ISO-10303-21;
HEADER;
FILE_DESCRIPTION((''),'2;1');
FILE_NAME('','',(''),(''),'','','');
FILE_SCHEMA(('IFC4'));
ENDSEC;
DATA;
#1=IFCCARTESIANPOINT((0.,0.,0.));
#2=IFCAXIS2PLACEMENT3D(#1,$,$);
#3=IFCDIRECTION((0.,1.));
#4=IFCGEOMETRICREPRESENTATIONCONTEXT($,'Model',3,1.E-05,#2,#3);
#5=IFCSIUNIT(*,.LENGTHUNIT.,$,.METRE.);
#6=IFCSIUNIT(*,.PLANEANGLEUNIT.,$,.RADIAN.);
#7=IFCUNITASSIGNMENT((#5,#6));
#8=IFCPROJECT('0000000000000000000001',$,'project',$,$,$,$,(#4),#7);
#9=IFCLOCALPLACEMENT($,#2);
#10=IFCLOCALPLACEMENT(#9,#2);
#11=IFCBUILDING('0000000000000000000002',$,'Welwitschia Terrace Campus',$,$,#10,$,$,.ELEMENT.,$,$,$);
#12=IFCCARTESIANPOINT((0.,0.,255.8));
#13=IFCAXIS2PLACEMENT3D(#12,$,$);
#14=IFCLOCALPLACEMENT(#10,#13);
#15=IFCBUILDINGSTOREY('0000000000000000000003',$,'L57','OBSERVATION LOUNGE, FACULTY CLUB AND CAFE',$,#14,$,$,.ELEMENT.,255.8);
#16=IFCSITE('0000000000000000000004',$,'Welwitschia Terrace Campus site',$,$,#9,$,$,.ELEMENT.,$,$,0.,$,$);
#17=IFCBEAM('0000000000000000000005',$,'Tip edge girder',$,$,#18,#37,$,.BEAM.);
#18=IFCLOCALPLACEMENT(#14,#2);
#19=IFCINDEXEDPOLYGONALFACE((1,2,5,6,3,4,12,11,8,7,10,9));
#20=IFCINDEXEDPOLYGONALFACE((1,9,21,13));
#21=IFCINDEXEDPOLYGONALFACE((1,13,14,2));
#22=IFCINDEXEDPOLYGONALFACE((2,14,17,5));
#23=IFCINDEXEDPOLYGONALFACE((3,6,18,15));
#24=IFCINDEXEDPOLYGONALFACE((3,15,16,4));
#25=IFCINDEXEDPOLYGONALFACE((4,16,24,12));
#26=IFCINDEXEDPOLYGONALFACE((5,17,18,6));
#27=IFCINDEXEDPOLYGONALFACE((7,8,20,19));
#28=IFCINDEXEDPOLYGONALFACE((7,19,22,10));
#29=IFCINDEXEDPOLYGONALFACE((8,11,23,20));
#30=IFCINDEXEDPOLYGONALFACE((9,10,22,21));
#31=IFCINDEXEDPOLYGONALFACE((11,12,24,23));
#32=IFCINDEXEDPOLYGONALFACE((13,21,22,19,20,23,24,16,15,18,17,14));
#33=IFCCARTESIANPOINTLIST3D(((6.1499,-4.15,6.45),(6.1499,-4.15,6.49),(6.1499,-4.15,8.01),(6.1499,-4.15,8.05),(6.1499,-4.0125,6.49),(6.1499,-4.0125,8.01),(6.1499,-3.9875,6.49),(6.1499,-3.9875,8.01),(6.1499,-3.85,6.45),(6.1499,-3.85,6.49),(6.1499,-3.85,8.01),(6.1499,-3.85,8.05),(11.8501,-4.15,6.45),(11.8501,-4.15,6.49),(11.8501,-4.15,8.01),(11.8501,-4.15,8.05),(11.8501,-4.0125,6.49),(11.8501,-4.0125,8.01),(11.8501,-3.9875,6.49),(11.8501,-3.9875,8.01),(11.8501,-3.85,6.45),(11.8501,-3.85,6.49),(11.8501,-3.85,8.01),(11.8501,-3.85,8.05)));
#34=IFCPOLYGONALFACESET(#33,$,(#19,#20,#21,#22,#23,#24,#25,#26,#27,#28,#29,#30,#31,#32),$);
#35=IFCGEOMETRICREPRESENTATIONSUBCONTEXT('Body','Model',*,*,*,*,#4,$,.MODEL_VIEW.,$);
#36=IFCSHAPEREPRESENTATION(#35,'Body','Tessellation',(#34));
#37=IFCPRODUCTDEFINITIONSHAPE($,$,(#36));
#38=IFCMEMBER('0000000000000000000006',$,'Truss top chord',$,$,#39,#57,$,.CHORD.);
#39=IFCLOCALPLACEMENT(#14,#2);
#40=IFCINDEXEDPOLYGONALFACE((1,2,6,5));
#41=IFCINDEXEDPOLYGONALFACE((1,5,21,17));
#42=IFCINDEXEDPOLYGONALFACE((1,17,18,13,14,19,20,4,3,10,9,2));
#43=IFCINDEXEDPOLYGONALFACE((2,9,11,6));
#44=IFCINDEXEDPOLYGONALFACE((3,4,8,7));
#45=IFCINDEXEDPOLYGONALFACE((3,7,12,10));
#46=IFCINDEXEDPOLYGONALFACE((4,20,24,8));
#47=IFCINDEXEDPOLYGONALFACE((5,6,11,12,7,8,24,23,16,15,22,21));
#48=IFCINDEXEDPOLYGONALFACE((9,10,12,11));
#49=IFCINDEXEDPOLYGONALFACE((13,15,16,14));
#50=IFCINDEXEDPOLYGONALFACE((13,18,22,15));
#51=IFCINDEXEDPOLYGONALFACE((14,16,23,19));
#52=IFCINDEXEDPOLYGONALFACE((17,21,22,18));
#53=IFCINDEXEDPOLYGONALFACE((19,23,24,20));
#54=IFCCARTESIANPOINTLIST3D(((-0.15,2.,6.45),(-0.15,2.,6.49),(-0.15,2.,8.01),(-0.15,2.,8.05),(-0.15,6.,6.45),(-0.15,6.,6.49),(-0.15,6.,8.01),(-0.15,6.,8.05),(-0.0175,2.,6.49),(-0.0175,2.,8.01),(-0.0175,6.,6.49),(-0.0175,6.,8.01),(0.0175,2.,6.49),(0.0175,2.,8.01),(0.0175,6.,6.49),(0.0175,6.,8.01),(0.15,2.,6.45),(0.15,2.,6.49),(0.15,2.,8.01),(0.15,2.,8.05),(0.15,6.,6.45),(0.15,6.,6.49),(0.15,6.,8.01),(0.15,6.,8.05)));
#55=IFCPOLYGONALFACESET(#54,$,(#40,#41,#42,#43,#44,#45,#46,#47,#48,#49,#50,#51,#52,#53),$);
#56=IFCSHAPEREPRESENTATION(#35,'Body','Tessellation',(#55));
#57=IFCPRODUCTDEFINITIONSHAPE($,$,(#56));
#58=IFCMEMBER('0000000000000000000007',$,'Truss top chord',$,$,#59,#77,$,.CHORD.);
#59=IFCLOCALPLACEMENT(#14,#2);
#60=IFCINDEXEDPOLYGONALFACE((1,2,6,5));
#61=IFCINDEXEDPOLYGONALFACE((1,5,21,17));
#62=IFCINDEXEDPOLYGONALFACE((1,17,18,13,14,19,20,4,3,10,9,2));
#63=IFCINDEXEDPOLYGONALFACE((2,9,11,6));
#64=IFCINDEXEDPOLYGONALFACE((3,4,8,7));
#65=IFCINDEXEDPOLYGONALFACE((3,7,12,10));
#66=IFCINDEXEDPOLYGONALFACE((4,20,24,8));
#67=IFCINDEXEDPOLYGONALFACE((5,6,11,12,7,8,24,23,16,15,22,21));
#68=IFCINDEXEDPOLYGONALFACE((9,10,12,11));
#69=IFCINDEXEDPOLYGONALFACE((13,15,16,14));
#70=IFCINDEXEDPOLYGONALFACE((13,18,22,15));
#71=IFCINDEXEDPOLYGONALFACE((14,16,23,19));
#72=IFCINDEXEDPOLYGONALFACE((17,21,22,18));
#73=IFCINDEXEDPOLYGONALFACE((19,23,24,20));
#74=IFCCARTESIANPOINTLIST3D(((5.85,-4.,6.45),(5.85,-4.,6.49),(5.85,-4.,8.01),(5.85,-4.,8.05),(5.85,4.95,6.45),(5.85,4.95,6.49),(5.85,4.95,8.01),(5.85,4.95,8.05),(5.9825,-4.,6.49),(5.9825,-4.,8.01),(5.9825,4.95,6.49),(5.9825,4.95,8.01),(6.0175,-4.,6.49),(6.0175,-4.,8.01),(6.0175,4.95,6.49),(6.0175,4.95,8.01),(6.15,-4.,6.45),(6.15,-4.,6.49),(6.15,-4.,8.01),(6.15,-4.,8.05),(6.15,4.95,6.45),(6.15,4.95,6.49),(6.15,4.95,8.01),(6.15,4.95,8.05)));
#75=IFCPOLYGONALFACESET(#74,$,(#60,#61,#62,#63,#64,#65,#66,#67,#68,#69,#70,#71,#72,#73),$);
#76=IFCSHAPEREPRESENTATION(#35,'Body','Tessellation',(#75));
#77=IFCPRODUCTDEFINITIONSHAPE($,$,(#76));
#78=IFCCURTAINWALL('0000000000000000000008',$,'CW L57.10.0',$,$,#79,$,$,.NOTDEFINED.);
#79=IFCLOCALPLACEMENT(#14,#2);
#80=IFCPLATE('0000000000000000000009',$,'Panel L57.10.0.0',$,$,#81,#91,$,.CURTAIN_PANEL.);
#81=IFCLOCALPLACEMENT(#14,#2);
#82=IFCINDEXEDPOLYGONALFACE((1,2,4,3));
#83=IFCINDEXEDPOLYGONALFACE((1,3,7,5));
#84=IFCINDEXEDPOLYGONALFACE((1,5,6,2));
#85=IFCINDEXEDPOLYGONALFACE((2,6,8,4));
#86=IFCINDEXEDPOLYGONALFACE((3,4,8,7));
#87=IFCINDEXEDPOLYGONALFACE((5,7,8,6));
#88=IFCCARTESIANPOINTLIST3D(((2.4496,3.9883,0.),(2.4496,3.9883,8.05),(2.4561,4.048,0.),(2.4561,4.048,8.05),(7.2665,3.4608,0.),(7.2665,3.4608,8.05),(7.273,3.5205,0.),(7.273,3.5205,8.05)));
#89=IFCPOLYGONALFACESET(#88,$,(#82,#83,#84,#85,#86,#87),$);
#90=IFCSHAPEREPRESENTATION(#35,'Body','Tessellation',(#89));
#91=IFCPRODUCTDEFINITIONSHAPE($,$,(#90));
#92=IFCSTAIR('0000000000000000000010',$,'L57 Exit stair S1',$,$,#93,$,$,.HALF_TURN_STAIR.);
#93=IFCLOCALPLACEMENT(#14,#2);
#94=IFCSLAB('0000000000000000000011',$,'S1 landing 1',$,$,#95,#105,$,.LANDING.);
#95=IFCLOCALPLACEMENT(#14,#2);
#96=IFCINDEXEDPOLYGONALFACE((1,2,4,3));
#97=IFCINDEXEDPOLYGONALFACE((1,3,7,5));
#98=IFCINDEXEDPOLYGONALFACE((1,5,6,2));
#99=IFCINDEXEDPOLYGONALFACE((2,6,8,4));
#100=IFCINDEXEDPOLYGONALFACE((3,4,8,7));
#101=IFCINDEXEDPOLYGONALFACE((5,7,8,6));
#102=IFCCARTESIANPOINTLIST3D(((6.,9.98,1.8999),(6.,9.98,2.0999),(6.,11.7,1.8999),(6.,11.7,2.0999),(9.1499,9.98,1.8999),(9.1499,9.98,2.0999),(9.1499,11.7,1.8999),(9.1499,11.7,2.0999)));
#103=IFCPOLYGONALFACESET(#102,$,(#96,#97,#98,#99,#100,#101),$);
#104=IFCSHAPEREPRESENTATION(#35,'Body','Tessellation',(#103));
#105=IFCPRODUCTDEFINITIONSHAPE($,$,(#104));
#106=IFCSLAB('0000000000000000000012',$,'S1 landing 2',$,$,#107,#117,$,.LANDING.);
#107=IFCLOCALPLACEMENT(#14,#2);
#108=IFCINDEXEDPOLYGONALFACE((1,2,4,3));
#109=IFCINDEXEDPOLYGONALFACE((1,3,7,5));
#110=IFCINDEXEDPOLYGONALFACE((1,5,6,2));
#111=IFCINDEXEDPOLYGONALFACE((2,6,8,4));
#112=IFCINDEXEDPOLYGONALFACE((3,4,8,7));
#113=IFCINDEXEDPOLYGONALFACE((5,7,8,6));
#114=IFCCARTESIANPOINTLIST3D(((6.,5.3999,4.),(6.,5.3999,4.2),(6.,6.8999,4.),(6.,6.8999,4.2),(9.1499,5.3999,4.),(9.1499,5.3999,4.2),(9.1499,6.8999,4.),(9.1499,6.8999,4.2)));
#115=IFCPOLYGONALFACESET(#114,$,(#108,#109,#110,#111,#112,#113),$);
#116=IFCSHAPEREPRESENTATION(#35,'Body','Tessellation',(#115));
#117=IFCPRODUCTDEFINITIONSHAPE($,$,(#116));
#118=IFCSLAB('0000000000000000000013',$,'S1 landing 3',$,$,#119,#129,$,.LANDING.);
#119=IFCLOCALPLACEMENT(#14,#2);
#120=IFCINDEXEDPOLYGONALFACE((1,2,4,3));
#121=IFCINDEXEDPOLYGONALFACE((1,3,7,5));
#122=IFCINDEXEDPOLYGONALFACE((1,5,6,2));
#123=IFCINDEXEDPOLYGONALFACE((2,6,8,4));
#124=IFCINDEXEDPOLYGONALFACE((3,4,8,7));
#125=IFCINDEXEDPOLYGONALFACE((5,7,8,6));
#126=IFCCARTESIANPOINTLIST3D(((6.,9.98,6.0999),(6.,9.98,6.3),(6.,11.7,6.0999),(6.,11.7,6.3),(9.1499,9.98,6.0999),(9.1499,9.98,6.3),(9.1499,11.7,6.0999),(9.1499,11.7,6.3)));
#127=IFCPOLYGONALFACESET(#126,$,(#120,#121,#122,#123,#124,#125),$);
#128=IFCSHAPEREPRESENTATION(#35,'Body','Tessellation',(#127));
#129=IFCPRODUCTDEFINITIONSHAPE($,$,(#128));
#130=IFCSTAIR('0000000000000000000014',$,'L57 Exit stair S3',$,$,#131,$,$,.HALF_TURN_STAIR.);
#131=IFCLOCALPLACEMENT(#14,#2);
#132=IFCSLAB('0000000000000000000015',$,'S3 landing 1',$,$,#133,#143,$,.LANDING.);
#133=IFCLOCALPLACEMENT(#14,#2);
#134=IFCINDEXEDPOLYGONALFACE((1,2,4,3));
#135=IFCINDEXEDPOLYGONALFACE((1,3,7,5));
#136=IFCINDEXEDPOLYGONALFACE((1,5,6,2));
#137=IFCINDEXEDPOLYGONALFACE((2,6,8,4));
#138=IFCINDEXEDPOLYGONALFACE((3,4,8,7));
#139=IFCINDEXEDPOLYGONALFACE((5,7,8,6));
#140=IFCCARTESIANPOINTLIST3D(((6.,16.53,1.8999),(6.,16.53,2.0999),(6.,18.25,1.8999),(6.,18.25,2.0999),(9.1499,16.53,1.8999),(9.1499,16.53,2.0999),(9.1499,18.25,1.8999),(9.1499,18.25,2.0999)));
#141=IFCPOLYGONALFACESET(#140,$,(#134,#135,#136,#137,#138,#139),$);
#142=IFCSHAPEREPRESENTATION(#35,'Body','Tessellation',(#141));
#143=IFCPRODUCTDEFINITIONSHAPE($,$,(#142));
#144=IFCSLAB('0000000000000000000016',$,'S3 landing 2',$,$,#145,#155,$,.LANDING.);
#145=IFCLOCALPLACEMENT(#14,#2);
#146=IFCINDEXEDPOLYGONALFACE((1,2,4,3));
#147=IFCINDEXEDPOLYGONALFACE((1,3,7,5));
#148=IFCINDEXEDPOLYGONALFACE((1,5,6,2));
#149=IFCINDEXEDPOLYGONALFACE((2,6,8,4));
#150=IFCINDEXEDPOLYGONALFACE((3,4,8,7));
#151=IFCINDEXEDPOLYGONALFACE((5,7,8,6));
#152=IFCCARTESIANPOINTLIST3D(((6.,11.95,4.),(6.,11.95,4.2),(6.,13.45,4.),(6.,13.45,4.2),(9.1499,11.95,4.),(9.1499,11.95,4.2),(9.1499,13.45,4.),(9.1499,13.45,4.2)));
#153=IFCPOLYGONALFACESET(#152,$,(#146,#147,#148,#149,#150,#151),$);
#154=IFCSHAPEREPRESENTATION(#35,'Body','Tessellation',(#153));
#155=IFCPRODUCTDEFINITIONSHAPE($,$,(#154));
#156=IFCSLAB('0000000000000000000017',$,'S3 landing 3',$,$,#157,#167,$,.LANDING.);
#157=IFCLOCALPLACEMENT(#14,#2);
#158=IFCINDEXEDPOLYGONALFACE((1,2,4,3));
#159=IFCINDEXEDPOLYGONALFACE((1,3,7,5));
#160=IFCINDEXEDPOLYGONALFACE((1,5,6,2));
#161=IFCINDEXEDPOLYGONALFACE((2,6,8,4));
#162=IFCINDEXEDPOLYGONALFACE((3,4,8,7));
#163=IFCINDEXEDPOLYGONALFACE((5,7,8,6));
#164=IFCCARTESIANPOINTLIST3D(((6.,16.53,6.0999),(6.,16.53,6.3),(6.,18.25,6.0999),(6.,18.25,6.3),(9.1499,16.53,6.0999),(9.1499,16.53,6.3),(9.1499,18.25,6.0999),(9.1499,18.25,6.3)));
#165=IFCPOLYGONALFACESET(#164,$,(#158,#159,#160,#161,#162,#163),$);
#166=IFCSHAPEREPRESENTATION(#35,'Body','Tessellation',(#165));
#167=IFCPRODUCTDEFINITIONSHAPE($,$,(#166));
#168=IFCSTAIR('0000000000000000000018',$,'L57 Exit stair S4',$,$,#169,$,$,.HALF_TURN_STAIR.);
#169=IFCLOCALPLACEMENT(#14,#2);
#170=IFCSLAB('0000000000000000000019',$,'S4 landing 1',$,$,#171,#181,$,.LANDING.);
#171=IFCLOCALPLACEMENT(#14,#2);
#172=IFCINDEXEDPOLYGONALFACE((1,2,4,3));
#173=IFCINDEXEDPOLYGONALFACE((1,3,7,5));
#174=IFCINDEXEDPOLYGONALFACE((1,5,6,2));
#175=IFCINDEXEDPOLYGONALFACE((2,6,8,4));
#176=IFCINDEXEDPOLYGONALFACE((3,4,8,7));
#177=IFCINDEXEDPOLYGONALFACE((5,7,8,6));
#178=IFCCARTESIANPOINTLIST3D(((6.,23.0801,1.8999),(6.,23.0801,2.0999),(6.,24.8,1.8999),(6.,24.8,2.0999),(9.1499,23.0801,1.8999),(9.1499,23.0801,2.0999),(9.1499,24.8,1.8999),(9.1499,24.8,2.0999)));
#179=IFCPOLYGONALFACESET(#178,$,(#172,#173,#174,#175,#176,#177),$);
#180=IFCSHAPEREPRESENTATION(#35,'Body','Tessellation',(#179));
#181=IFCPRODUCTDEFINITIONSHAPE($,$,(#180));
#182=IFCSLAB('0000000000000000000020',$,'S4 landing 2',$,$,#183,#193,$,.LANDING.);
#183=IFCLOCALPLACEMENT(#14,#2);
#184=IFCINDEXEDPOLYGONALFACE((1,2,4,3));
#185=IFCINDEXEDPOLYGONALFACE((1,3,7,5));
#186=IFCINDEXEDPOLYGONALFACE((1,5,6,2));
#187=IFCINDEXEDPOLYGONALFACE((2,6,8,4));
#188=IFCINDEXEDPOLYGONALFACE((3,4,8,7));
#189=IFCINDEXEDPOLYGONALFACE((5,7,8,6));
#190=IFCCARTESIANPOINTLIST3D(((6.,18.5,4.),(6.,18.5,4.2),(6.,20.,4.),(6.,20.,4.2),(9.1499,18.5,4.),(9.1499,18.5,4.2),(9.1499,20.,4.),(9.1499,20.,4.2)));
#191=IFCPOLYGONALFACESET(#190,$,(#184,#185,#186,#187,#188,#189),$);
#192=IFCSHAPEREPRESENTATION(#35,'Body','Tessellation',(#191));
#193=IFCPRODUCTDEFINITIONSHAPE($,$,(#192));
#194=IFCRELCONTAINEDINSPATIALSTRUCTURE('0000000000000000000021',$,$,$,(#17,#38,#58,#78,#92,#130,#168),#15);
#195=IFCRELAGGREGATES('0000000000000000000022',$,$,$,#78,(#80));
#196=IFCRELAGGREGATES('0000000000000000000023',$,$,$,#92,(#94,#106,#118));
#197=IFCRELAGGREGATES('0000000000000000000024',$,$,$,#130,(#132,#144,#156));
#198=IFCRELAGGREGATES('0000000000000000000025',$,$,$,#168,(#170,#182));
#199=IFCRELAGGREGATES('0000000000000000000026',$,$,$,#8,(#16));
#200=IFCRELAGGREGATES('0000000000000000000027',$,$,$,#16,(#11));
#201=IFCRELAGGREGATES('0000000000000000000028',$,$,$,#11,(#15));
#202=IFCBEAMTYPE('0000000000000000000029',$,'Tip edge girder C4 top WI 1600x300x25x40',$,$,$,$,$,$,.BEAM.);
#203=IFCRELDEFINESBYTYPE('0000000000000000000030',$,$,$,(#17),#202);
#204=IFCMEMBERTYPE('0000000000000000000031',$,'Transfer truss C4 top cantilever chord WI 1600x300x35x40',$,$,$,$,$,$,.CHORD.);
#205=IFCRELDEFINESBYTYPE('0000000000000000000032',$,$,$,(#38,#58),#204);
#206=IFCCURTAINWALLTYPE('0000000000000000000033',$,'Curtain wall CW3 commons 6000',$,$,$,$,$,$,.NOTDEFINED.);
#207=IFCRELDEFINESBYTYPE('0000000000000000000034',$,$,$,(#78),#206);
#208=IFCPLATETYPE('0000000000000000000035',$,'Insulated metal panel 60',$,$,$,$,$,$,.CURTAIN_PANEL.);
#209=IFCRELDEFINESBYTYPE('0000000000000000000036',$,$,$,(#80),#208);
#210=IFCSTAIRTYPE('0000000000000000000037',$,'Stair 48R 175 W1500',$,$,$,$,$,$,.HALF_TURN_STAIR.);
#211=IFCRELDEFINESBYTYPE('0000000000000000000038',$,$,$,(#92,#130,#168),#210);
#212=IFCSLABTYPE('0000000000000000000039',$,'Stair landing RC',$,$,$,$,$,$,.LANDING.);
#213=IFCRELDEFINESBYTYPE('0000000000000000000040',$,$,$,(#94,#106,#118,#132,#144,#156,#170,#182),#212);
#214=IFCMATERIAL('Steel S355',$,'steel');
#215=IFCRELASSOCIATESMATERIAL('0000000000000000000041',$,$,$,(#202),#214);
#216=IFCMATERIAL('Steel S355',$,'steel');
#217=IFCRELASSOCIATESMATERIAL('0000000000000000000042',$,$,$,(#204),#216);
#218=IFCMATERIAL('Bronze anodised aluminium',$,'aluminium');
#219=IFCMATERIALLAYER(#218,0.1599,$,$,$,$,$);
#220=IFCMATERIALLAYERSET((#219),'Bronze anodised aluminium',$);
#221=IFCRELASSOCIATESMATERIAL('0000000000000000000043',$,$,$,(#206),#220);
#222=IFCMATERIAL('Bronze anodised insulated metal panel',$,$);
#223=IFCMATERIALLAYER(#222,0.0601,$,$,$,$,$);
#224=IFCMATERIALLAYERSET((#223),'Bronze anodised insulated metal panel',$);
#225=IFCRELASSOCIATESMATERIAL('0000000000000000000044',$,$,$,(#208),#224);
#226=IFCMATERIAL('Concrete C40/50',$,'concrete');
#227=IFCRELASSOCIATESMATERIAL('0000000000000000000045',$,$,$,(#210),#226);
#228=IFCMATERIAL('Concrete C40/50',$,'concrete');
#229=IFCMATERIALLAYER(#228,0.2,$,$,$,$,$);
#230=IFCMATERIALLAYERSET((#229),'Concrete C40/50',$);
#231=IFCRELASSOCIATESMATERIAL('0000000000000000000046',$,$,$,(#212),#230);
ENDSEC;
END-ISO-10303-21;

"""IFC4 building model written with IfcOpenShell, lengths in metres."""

from ifc_helpers import new_model, si_unit, direction, frame, origin, origin_2d, place, context, subcontext, project, spatial, polyline, rectangle, i_section, outline, extrude, material, layer, layer_set, material_profile, profile_set, type_object, element, aggregate, save


model = new_model("IFC4")

# Units and contexts
model_context = context("Model", 3, precision=1e-05, world=origin(), true_north=direction((0.0, 1.0)))
body_context = subcontext(model_context, "Body", "Model", "MODEL_VIEW")
ifc_project = project(units=[si_unit("LENGTHUNIT", "METRE"), si_unit("PLANEANGLEUNIT", "RADIAN")], contexts=[model_context])

# Site, building, storey
site_placement = place(None, origin())
site = spatial("IfcSite", under=ifc_project, at=site_placement, Name="Welwitschia Terrace Campus site", CompositionType="ELEMENT", RefElevation=0.0)
building_placement = place(site_placement, origin())
building = spatial("IfcBuilding", under=site, at=building_placement, Name="Welwitschia Terrace Campus", CompositionType="ELEMENT")
storey_placement = place(building_placement, frame((0.0, 0.0, 255.8)))
storey = spatial("IfcBuildingStorey", under=building, at=storey_placement, Name="L57", Description="OBSERVATION LOUNGE, FACULTY CLUB AND CAFE", CompositionType="ELEMENT", Elevation=255.8)

# Beam
ifc_material_1 = material(Name="Steel S355", Category="steel")
ifc_material_profile_1 = material_profile(ifc_material_1, i_section(OverallWidth=0.3, OverallDepth=1.6001, WebThickness=0.0249, FlangeThickness=0.04, at=origin_2d()))
ifc_profile_set_1 = profile_set([ifc_material_profile_1], Name="Steel S355")
beam_type = type_object("IfcBeamType", Name="Tip edge girder C4 top WI 1600x300x25x40", PredefinedType="BEAM", material=ifc_profile_set_1)
beam_placement = place(storey_placement, frame((6.1499, -4.0, 7.25), z_axis=(1.0, 0.0, 0.0), x_axis=(0.0, 1.0, 0.0)))
element("IfcBeam", 1, at=beam_placement, inside=storey, type_object=beam_type, Name="Tip edge girder", PredefinedType="BEAM", context=body_context, shape_type="SweptSolid", body=[
    extrude(i_section(OverallWidth=0.3, OverallDepth=1.6001, WebThickness=0.0249, FlangeThickness=0.04, at=origin_2d()), origin(), (0.0, 0.0, 1.0), 5.7002),
])

# Members
ifc_material_2 = material(Name="Steel S355", Category="steel")
ifc_material_profile_2 = material_profile(ifc_material_2, i_section(OverallWidth=0.3, OverallDepth=1.6001, WebThickness=0.0349, FlangeThickness=0.04, at=origin_2d()))
ifc_profile_set_2 = profile_set([ifc_material_profile_2], Name="Steel S355")
member_type = type_object("IfcMemberType", Name="Transfer truss C4 top cantilever chord WI 1600x300x35x40", PredefinedType="CHORD", material=ifc_profile_set_2)
member_1_placement = place(storey_placement, frame((0.0, 2.0, 7.25), z_axis=(0.0, 1.0, 0.0), x_axis=(-1.0, 0.0, 0.0)))
element("IfcMember", 2, at=member_1_placement, inside=storey, type_object=member_type, Name="Truss top chord", PredefinedType="CHORD", context=body_context, shape_type="SweptSolid", body=[
    extrude(i_section(OverallWidth=0.3, OverallDepth=1.6001, WebThickness=0.0349, FlangeThickness=0.04, at=origin_2d()), origin(), (0.0, 0.0, 1.0), 4.0),
])
member_2_placement = place(storey_placement, frame((6.0, -4.0, 7.25), z_axis=(0.0, 1.0, 0.0), x_axis=(-1.0, 0.0, 0.0)))
element("IfcMember", 3, at=member_2_placement, inside=storey, type_object=member_type, Name="Truss top chord", PredefinedType="CHORD", context=body_context, shape_type="SweptSolid", body=[
    extrude(i_section(OverallWidth=0.3, OverallDepth=1.6001, WebThickness=0.0349, FlangeThickness=0.04, at=origin_2d()), origin(), (0.0, 0.0, 1.0), 8.95),
])

# Curtain wall, plate
ifc_material_3 = material(Name="Bronze anodised aluminium", Category="aluminium")
ifc_layer_1 = layer(ifc_material_3, 0.1599)
ifc_layer_set_1 = layer_set([ifc_layer_1], Name="Bronze anodised aluminium")
curtain_wall_type = type_object("IfcCurtainWallType", Name="Curtain wall CW3 commons 6000", PredefinedType="NOTDEFINED", material=ifc_layer_set_1)
curtain_wall_placement = place(storey_placement, origin())
curtain_wall = element("IfcCurtainWall", 4, at=curtain_wall_placement, inside=storey, type_object=curtain_wall_type, Name="CW L57.10.0", PredefinedType="NOTDEFINED")
ifc_material_4 = material(Name="Bronze anodised insulated metal panel")
ifc_layer_2 = layer(ifc_material_4, 0.0601)
ifc_layer_set_2 = layer_set([ifc_layer_2], Name="Bronze anodised insulated metal panel")
plate_type = type_object("IfcPlateType", Name="Insulated metal panel 60", PredefinedType="CURTAIN_PANEL", material=ifc_layer_set_2)
plate_placement = place(storey_placement, frame((4.8613, 3.7544, 0.0), z_axis=(0.0, 0.0, 1.0), x_axis=(0.994056, -0.108867, 0.0)))
plate = element("IfcPlate", 5, at=plate_placement, type_object=plate_type, Name="Panel L57.10.0.0", PredefinedType="CURTAIN_PANEL", context=body_context, shape_type="SweptSolid", body=[
    extrude(rectangle(XDim=4.8457, YDim=0.0601, at=origin_2d()), origin(), (0.0, 0.0, 1.0), 8.05),
])
aggregate(curtain_wall, [plate])

# Stairs, slabs
ifc_material_5 = material(Name="Concrete C40/50", Category="concrete")
stair_type = type_object("IfcStairType", Name="Stair 48R 175 W1500", PredefinedType="HALF_TURN_STAIR", material=ifc_material_5)
stair_1_placement = place(storey_placement, origin())
stair_1 = element("IfcStair", 6, at=stair_1_placement, inside=storey, type_object=stair_type, Name="L57 Exit stair S1", PredefinedType="HALF_TURN_STAIR")
ifc_material_6 = material(Name="Concrete C40/50", Category="concrete")
ifc_layer_3 = layer(ifc_material_6, 0.2)
ifc_layer_set_3 = layer_set([ifc_layer_3], Name="Concrete C40/50")
slab_type = type_object("IfcSlabType", Name="Stair landing RC", PredefinedType="LANDING", material=ifc_layer_set_3)
slab_1_placement = place(storey_placement, frame((0.0, 0.0, 1.8999)))
slab_1 = element("IfcSlab", 7, at=slab_1_placement, type_object=slab_type, Name="S1 landing 1", PredefinedType="LANDING", context=body_context, shape_type="SweptSolid", body=[
    extrude(outline(polyline([(9.1499, 9.98), (9.1499, 11.7), (6.0, 11.7), (6.0, 9.98), (9.1499, 9.98)])), origin(), (0.0, 0.0, 1.0), 0.2),
])
slab_2_placement = place(storey_placement, frame((0.0, 0.0, 4.0)))
slab_2 = element("IfcSlab", 8, at=slab_2_placement, type_object=slab_type, Name="S1 landing 2", PredefinedType="LANDING", context=body_context, shape_type="SweptSolid", body=[
    extrude(outline(polyline([(9.1499, 5.3999), (9.1499, 6.8999), (6.0, 6.8999), (6.0, 5.3999), (9.1499, 5.3999)])), origin(), (0.0, 0.0, 1.0), 0.2),
])
slab_3_placement = place(storey_placement, frame((0.0, 0.0, 6.0999)))
slab_3 = element("IfcSlab", 9, at=slab_3_placement, type_object=slab_type, Name="S1 landing 3", PredefinedType="LANDING", context=body_context, shape_type="SweptSolid", body=[
    extrude(outline(polyline([(9.1499, 9.98), (9.1499, 11.7), (6.0, 11.7), (6.0, 9.98), (9.1499, 9.98)])), origin(), (0.0, 0.0, 1.0), 0.2002),
])
aggregate(stair_1, [slab_1, slab_2, slab_3])
stair_2_placement = place(storey_placement, origin())
stair_2 = element("IfcStair", 10, at=stair_2_placement, inside=storey, type_object=stair_type, Name="L57 Exit stair S3", PredefinedType="HALF_TURN_STAIR")
slab_4_placement = place(storey_placement, frame((0.0, 0.0, 1.8999)))
slab_4 = element("IfcSlab", 11, at=slab_4_placement, type_object=slab_type, Name="S3 landing 1", PredefinedType="LANDING", context=body_context, shape_type="SweptSolid", body=[
    extrude(outline(polyline([(9.1499, 16.53), (9.1499, 18.25), (6.0, 18.25), (6.0, 16.53), (9.1499, 16.53)])), origin(), (0.0, 0.0, 1.0), 0.2),
])
slab_5_placement = place(storey_placement, frame((0.0, 0.0, 4.0)))
slab_5 = element("IfcSlab", 12, at=slab_5_placement, type_object=slab_type, Name="S3 landing 2", PredefinedType="LANDING", context=body_context, shape_type="SweptSolid", body=[
    extrude(outline(polyline([(9.1499, 11.95), (9.1499, 13.45), (6.0, 13.45), (6.0, 11.95), (9.1499, 11.95)])), origin(), (0.0, 0.0, 1.0), 0.2),
])
slab_6_placement = place(storey_placement, frame((0.0, 0.0, 6.0999)))
slab_6 = element("IfcSlab", 13, at=slab_6_placement, type_object=slab_type, Name="S3 landing 3", PredefinedType="LANDING", context=body_context, shape_type="SweptSolid", body=[
    extrude(outline(polyline([(9.1499, 16.53), (9.1499, 18.25), (6.0, 18.25), (6.0, 16.53), (9.1499, 16.53)])), origin(), (0.0, 0.0, 1.0), 0.2002),
])
aggregate(stair_2, [slab_4, slab_5, slab_6])
stair_3_placement = place(storey_placement, origin())
stair_3 = element("IfcStair", 14, at=stair_3_placement, inside=storey, type_object=stair_type, Name="L57 Exit stair S4", PredefinedType="HALF_TURN_STAIR")
slab_7_placement = place(storey_placement, frame((0.0, 0.0, 1.8999)))
slab_7 = element("IfcSlab", 15, at=slab_7_placement, type_object=slab_type, Name="S4 landing 1", PredefinedType="LANDING", context=body_context, shape_type="SweptSolid", body=[
    extrude(outline(polyline([(9.1499, 23.0801), (9.1499, 24.8), (6.0, 24.8), (6.0, 23.0801), (9.1499, 23.0801)])), origin(), (0.0, 0.0, 1.0), 0.2),
])
slab_8_placement = place(storey_placement, frame((0.0, 0.0, 4.0)))
slab_8 = element("IfcSlab", 16, at=slab_8_placement, type_object=slab_type, Name="S4 landing 2", PredefinedType="LANDING", context=body_context, shape_type="SweptSolid", body=[
    extrude(outline(polyline([(9.1499, 18.5), (9.1499, 20.0), (6.0, 20.0), (6.0, 18.5), (9.1499, 18.5)])), origin(), (0.0, 0.0, 1.0), 0.2),
])
aggregate(stair_3, [slab_7, slab_8])

save(model, "model.ifc")
